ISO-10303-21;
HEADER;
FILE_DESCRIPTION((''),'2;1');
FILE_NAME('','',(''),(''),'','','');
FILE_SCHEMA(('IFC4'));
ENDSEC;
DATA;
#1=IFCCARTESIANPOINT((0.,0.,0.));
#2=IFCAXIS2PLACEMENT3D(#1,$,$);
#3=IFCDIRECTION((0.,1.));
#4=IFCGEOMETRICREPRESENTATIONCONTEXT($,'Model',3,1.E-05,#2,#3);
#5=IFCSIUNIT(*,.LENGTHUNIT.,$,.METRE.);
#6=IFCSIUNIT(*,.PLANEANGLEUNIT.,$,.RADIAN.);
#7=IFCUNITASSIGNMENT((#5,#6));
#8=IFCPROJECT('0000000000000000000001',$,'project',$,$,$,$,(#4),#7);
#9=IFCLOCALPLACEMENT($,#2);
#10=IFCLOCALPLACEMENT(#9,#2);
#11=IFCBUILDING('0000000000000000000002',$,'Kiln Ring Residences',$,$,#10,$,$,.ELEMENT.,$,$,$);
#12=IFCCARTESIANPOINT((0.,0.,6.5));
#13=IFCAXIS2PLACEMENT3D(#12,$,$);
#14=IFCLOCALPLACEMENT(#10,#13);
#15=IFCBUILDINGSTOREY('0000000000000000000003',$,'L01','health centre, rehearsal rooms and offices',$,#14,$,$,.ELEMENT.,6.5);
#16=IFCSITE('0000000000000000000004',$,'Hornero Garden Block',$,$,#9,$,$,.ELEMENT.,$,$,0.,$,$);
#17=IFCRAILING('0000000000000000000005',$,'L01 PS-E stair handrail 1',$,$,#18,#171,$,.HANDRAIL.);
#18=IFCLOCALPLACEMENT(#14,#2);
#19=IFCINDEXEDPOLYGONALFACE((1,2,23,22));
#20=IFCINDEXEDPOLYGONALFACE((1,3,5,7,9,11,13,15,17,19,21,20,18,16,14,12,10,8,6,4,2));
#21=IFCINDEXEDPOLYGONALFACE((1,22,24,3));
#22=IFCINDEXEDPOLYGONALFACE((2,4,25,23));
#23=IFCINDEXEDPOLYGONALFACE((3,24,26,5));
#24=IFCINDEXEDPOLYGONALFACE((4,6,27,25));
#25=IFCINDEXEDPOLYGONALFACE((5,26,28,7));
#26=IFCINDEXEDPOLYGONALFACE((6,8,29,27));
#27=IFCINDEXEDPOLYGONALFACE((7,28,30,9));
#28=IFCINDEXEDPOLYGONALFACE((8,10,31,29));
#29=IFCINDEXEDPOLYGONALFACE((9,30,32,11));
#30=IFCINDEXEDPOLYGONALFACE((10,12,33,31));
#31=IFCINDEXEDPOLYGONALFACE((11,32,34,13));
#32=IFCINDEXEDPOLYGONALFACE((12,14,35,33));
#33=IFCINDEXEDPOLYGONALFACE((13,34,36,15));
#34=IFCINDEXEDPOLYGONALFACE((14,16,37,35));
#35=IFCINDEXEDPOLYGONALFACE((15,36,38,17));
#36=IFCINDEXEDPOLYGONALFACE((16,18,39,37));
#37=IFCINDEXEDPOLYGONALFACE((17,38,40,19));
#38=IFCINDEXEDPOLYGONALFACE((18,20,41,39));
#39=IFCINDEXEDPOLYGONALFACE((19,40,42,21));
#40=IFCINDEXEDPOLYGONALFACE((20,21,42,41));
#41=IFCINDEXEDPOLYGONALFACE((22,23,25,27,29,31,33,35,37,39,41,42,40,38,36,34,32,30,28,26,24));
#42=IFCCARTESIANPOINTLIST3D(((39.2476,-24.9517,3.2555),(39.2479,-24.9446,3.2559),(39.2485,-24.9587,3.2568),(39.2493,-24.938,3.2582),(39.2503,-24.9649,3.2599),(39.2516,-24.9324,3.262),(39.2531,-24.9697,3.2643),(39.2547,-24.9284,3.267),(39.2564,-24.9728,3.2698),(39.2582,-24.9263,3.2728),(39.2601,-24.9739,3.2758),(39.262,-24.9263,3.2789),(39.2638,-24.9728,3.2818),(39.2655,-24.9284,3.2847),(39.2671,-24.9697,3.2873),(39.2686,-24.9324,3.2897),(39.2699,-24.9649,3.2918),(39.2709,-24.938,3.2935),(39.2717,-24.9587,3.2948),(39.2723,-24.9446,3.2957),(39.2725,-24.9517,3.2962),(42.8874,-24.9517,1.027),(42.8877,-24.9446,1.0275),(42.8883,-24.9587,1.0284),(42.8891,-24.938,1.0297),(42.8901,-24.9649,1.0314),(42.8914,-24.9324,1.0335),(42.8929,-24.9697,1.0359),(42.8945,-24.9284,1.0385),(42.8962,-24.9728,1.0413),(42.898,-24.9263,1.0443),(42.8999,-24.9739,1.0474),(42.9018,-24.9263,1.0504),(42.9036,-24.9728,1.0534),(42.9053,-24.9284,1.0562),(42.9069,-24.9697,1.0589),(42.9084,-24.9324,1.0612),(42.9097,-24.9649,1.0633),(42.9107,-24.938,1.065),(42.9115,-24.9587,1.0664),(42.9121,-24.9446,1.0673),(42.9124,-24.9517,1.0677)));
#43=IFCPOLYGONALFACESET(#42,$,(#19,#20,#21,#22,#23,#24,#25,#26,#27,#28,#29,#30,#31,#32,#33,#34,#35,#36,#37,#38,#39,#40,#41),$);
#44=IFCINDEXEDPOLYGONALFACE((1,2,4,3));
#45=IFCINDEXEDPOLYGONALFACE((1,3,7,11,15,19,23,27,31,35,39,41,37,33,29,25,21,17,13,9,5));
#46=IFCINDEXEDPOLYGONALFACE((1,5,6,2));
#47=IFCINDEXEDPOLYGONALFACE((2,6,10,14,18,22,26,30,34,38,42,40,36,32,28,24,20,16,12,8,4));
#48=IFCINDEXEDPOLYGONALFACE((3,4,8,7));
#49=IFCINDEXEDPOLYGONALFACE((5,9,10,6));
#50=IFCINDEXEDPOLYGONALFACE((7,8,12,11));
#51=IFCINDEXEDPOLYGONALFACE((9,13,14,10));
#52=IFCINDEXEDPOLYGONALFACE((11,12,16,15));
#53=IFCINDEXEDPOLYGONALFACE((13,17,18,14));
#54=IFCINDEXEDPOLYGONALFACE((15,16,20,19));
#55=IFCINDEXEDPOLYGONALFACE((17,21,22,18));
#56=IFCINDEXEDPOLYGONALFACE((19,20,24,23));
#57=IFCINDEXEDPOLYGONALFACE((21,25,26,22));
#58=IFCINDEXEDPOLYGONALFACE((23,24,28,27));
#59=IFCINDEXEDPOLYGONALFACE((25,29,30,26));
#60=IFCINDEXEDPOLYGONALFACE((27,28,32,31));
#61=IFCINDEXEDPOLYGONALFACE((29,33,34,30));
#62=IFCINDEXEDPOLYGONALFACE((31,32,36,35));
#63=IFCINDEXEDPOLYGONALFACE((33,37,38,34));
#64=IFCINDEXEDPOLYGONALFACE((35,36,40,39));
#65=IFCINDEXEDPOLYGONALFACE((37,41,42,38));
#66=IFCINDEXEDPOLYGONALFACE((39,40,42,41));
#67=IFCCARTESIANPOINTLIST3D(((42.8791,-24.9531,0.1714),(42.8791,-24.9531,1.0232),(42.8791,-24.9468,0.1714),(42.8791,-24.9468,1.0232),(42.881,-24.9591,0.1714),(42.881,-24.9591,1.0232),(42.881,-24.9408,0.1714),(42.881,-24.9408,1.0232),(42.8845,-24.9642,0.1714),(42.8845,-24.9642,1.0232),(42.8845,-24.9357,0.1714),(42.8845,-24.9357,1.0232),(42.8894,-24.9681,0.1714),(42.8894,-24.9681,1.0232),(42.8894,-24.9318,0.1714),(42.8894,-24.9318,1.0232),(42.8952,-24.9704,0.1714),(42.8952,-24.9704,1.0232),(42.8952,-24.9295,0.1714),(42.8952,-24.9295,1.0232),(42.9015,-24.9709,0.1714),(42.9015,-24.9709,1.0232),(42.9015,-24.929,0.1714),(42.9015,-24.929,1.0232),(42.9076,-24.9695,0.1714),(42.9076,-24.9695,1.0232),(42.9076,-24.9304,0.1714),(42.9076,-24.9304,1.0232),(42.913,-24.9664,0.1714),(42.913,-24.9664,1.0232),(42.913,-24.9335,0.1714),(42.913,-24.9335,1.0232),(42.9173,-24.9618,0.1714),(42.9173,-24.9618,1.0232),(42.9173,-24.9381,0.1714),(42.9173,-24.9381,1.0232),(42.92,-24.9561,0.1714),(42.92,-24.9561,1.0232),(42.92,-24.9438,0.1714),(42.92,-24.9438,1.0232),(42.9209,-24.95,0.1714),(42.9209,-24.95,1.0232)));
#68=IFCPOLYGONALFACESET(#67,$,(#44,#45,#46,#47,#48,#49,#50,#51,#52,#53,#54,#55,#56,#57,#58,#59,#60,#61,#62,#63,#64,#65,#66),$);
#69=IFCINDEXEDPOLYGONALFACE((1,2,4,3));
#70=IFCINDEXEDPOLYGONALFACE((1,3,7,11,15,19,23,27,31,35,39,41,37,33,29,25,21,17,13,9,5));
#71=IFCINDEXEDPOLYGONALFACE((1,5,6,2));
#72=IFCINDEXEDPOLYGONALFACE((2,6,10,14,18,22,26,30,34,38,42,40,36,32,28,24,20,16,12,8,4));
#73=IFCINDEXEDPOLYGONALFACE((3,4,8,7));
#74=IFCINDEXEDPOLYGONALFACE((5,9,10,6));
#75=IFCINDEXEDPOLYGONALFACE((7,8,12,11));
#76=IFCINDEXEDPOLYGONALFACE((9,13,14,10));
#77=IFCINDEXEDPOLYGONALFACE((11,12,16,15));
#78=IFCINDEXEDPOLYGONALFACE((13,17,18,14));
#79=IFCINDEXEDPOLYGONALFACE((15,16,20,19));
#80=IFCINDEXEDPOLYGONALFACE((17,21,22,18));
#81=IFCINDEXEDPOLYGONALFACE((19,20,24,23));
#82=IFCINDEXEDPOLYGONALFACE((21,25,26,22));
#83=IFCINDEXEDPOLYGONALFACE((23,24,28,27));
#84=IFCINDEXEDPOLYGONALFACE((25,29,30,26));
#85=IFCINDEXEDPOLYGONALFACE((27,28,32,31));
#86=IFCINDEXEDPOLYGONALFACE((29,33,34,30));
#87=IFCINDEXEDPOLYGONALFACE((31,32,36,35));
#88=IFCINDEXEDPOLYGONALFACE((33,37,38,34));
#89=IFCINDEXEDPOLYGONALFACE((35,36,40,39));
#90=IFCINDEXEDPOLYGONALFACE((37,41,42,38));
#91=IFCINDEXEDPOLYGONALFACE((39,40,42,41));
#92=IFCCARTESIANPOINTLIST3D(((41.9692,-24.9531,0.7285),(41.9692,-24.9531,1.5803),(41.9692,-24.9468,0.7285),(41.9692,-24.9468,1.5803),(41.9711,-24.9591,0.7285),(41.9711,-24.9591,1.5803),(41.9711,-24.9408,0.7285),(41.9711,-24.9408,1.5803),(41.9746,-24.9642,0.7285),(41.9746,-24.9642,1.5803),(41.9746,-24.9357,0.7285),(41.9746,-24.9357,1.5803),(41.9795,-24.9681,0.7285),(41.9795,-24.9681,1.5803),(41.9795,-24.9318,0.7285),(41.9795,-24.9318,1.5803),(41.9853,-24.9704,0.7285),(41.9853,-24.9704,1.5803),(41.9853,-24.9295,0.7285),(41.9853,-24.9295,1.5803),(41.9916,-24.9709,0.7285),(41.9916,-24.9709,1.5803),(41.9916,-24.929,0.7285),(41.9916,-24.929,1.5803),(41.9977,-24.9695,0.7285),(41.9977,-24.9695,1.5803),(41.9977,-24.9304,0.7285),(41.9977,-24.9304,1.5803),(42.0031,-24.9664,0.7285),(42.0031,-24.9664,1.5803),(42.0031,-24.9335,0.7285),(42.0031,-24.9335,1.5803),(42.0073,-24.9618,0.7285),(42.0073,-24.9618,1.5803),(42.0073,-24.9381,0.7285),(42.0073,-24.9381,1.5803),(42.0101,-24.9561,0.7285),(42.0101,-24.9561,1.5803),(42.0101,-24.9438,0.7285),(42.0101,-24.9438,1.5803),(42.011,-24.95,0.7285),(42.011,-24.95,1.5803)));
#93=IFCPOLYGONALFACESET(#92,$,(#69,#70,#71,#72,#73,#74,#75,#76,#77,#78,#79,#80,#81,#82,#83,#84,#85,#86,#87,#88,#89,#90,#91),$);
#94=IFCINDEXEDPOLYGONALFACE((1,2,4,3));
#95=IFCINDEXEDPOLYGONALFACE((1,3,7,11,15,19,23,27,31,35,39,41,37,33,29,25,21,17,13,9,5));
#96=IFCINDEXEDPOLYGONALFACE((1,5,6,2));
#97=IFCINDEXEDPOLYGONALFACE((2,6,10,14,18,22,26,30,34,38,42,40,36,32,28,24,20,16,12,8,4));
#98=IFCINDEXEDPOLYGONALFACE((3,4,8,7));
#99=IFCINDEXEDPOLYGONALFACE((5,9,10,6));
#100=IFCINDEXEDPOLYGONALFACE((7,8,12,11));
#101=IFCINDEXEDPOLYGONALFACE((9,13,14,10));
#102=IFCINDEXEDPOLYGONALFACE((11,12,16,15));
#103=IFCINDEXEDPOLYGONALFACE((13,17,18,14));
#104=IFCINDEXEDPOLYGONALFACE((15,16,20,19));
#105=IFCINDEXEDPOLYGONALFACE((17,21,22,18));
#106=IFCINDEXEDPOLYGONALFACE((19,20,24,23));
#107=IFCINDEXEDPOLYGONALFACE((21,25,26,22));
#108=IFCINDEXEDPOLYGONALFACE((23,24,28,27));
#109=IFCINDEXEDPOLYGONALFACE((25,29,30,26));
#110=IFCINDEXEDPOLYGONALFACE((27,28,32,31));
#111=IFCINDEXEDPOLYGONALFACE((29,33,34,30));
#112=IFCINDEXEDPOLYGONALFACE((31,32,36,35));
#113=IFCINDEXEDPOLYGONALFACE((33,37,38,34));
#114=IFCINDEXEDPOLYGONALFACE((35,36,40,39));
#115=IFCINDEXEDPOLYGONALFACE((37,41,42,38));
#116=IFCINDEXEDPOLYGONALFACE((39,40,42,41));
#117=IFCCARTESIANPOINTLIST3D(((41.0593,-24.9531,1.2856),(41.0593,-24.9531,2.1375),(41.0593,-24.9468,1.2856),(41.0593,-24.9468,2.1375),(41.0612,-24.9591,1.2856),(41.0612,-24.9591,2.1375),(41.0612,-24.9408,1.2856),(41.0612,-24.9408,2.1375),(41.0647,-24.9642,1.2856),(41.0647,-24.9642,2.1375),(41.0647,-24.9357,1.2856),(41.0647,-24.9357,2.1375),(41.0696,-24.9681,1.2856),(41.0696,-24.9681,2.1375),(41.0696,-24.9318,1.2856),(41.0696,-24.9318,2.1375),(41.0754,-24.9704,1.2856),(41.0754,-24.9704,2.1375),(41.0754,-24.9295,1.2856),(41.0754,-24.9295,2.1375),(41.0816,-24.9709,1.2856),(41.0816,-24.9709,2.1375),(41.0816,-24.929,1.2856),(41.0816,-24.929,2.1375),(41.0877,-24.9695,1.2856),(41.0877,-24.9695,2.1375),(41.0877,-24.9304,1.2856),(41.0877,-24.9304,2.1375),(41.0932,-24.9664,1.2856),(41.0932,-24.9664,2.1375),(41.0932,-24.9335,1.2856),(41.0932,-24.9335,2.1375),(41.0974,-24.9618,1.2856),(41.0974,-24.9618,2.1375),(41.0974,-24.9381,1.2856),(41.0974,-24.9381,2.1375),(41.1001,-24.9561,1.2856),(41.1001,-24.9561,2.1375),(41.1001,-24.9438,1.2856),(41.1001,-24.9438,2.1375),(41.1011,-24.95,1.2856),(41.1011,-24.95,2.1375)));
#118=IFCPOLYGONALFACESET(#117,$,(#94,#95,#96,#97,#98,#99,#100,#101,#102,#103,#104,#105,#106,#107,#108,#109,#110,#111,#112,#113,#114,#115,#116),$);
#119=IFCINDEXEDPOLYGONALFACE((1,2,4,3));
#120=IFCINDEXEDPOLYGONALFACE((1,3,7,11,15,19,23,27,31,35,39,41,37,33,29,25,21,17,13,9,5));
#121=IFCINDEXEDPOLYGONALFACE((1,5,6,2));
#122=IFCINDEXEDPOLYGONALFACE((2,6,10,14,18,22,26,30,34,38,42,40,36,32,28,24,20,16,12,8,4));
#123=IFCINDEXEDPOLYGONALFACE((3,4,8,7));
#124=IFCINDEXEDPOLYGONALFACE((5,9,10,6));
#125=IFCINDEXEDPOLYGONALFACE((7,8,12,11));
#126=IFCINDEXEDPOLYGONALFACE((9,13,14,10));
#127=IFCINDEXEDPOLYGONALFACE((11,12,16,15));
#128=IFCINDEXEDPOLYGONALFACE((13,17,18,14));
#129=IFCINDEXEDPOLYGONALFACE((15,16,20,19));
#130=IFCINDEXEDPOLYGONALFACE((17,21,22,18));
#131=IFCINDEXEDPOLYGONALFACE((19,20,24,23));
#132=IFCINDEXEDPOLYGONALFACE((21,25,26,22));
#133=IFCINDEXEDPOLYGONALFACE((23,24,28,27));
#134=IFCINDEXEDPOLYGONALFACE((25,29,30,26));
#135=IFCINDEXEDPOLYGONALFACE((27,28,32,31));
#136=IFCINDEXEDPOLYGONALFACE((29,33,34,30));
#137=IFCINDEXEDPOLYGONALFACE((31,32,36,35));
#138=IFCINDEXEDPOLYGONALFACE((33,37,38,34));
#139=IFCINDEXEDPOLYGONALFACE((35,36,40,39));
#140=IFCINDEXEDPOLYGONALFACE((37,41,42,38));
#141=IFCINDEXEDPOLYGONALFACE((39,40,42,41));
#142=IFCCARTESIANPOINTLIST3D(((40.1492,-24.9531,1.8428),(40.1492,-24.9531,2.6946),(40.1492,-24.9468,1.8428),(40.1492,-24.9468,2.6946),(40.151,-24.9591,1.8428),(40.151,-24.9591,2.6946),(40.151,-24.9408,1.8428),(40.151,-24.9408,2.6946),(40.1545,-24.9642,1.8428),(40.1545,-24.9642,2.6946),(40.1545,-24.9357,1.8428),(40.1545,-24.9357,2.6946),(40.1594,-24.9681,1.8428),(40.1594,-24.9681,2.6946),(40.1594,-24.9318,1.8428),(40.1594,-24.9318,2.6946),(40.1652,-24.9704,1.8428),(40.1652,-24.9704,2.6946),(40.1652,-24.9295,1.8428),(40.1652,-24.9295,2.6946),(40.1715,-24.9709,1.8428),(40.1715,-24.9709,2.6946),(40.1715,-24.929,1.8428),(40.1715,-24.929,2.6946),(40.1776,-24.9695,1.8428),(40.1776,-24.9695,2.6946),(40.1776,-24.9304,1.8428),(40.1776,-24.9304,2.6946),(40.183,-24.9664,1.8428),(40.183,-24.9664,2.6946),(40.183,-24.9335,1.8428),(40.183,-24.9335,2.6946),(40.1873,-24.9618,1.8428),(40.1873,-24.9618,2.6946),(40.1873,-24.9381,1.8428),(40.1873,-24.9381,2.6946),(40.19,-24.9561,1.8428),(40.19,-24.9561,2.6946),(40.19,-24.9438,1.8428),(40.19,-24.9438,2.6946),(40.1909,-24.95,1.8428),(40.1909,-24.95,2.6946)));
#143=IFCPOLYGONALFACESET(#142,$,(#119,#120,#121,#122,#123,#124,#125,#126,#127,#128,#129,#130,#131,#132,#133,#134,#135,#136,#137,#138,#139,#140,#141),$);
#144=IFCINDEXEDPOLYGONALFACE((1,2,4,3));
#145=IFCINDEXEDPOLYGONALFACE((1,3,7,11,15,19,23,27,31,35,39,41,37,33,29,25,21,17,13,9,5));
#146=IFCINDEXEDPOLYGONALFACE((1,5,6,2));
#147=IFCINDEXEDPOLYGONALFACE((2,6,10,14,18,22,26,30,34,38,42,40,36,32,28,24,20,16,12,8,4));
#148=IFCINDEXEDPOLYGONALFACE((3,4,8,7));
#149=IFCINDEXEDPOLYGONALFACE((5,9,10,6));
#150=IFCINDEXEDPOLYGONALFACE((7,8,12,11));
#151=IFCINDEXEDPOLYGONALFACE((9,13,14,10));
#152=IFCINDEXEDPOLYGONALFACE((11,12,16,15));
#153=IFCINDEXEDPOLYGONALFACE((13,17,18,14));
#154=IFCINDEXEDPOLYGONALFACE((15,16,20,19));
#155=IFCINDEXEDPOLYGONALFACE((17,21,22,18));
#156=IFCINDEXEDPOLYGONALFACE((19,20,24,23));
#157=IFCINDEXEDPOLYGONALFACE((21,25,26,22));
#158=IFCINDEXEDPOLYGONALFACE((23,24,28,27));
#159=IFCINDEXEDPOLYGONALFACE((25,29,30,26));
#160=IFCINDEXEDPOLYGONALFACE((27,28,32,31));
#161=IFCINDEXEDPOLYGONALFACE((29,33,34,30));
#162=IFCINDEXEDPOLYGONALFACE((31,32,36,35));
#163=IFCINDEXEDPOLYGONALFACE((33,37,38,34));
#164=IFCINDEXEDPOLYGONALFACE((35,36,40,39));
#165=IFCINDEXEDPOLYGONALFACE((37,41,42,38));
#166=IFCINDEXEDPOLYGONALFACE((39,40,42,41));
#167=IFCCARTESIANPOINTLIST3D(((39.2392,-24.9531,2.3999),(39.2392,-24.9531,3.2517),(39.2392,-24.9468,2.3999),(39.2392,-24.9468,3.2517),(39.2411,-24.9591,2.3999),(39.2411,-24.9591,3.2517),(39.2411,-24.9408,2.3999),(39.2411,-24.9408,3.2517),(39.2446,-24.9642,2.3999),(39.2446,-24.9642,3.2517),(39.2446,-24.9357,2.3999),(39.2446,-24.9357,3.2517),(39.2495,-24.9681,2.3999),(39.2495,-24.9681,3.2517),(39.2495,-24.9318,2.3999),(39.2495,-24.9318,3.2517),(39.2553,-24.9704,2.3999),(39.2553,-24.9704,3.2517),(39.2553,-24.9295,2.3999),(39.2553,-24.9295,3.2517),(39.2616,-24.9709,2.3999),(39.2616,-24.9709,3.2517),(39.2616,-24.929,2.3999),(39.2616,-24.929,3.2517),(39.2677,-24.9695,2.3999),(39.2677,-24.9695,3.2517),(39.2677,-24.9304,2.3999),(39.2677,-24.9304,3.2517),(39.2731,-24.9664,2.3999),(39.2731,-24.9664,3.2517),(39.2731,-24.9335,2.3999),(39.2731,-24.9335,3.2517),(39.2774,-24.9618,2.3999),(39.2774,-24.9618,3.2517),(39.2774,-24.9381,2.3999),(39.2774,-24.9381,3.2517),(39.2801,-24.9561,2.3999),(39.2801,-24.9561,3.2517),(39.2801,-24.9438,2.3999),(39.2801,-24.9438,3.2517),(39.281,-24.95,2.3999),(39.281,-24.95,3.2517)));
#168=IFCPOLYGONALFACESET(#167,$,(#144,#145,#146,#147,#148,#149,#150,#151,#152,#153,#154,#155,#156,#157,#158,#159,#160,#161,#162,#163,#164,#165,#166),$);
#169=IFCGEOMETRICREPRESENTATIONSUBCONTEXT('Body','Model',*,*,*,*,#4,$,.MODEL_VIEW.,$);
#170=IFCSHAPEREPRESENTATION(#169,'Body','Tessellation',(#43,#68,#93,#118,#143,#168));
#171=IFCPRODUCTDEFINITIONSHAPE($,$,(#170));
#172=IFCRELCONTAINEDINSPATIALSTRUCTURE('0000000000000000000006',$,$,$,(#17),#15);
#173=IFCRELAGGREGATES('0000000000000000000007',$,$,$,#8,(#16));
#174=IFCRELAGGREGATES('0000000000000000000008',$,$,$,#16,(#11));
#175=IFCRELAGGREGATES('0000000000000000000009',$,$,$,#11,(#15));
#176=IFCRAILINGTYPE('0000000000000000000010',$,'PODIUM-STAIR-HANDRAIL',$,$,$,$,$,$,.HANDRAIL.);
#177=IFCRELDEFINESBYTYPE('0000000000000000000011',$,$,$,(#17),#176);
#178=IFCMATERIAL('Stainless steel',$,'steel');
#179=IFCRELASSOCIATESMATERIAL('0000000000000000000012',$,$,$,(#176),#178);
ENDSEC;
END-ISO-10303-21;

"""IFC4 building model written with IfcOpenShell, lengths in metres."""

from ifc_helpers import new_model, si_unit, direction, frame, origin, origin_2d, place, context, subcontext, project, spatial, circle, extrude, material, type_object, element, save


model = new_model("IFC4")

# Units and contexts
model_context = context("Model", 3, precision=1e-05, world=origin(), true_north=direction((0.0, 1.0)))
body_context = subcontext(model_context, "Body", "Model", "MODEL_VIEW")
ifc_project = project(units=[si_unit("LENGTHUNIT", "METRE"), si_unit("PLANEANGLEUNIT", "RADIAN")], contexts=[model_context])

# Site, building, storey
site_placement = place(None, origin())
site = spatial("IfcSite", under=ifc_project, at=site_placement, Name="Hornero Garden Block", CompositionType="ELEMENT", RefElevation=0.0)
building_placement = place(site_placement, origin())
building = spatial("IfcBuilding", under=site, at=building_placement, Name="Kiln Ring Residences", CompositionType="ELEMENT")
storey_placement = place(building_placement, frame((0.0, 0.0, 6.5)))
storey = spatial("IfcBuildingStorey", under=building, at=storey_placement, Name="L01", Description="health centre, rehearsal rooms and offices", CompositionType="ELEMENT", Elevation=6.5)

# Railing
ifc_material_1 = material(Name="Stainless steel", Category="steel")
railing_type_1 = type_object("IfcRailingType", Name="PODIUM-STAIR-HANDRAIL", PredefinedType="HANDRAIL", material=ifc_material_1)
railing_1_placement = place(storey_placement, frame((42.8999, -24.95, 0.1714)))
element("IfcRailing", 1, at=railing_1_placement, inside=storey, type_object=railing_type_1, Name="L01 PS-E stair handrail 1", PredefinedType="HANDRAIL", context=body_context, shape_type="SweptSolid", body=[
    extrude(circle(Radius=0.0239, at=origin_2d()), frame((0.0, 0.0, 0.876), z_axis=(-0.85285, 0.0, 0.522156), x_axis=(0.0, -1.0, 0.0)), (0.0, 0.0, 1.0), 4.2678),
    extrude(circle(Radius=0.021, at=origin_2d()), origin(), (0.0, 0.0, 1.0), 0.8518),
    extrude(circle(Radius=0.021, at=origin_2d()), frame((-0.9099, 0.0, 0.5571)), (0.0, 0.0, 1.0), 0.8518),
    extrude(circle(Radius=0.021, at=origin_2d()), frame((-1.8198, 0.0, 1.1143)), (0.0, 0.0, 1.0), 0.8518),
    extrude(circle(Radius=0.021, at=origin_2d()), frame((-2.73, 0.0, 1.6714)), (0.0, 0.0, 1.0), 0.8518),
    extrude(circle(Radius=0.021, at=origin_2d()), frame((-3.6399, 0.0, 2.2285)), (0.0, 0.0, 1.0), 0.8518),
])

save(model, "model.ifc")
